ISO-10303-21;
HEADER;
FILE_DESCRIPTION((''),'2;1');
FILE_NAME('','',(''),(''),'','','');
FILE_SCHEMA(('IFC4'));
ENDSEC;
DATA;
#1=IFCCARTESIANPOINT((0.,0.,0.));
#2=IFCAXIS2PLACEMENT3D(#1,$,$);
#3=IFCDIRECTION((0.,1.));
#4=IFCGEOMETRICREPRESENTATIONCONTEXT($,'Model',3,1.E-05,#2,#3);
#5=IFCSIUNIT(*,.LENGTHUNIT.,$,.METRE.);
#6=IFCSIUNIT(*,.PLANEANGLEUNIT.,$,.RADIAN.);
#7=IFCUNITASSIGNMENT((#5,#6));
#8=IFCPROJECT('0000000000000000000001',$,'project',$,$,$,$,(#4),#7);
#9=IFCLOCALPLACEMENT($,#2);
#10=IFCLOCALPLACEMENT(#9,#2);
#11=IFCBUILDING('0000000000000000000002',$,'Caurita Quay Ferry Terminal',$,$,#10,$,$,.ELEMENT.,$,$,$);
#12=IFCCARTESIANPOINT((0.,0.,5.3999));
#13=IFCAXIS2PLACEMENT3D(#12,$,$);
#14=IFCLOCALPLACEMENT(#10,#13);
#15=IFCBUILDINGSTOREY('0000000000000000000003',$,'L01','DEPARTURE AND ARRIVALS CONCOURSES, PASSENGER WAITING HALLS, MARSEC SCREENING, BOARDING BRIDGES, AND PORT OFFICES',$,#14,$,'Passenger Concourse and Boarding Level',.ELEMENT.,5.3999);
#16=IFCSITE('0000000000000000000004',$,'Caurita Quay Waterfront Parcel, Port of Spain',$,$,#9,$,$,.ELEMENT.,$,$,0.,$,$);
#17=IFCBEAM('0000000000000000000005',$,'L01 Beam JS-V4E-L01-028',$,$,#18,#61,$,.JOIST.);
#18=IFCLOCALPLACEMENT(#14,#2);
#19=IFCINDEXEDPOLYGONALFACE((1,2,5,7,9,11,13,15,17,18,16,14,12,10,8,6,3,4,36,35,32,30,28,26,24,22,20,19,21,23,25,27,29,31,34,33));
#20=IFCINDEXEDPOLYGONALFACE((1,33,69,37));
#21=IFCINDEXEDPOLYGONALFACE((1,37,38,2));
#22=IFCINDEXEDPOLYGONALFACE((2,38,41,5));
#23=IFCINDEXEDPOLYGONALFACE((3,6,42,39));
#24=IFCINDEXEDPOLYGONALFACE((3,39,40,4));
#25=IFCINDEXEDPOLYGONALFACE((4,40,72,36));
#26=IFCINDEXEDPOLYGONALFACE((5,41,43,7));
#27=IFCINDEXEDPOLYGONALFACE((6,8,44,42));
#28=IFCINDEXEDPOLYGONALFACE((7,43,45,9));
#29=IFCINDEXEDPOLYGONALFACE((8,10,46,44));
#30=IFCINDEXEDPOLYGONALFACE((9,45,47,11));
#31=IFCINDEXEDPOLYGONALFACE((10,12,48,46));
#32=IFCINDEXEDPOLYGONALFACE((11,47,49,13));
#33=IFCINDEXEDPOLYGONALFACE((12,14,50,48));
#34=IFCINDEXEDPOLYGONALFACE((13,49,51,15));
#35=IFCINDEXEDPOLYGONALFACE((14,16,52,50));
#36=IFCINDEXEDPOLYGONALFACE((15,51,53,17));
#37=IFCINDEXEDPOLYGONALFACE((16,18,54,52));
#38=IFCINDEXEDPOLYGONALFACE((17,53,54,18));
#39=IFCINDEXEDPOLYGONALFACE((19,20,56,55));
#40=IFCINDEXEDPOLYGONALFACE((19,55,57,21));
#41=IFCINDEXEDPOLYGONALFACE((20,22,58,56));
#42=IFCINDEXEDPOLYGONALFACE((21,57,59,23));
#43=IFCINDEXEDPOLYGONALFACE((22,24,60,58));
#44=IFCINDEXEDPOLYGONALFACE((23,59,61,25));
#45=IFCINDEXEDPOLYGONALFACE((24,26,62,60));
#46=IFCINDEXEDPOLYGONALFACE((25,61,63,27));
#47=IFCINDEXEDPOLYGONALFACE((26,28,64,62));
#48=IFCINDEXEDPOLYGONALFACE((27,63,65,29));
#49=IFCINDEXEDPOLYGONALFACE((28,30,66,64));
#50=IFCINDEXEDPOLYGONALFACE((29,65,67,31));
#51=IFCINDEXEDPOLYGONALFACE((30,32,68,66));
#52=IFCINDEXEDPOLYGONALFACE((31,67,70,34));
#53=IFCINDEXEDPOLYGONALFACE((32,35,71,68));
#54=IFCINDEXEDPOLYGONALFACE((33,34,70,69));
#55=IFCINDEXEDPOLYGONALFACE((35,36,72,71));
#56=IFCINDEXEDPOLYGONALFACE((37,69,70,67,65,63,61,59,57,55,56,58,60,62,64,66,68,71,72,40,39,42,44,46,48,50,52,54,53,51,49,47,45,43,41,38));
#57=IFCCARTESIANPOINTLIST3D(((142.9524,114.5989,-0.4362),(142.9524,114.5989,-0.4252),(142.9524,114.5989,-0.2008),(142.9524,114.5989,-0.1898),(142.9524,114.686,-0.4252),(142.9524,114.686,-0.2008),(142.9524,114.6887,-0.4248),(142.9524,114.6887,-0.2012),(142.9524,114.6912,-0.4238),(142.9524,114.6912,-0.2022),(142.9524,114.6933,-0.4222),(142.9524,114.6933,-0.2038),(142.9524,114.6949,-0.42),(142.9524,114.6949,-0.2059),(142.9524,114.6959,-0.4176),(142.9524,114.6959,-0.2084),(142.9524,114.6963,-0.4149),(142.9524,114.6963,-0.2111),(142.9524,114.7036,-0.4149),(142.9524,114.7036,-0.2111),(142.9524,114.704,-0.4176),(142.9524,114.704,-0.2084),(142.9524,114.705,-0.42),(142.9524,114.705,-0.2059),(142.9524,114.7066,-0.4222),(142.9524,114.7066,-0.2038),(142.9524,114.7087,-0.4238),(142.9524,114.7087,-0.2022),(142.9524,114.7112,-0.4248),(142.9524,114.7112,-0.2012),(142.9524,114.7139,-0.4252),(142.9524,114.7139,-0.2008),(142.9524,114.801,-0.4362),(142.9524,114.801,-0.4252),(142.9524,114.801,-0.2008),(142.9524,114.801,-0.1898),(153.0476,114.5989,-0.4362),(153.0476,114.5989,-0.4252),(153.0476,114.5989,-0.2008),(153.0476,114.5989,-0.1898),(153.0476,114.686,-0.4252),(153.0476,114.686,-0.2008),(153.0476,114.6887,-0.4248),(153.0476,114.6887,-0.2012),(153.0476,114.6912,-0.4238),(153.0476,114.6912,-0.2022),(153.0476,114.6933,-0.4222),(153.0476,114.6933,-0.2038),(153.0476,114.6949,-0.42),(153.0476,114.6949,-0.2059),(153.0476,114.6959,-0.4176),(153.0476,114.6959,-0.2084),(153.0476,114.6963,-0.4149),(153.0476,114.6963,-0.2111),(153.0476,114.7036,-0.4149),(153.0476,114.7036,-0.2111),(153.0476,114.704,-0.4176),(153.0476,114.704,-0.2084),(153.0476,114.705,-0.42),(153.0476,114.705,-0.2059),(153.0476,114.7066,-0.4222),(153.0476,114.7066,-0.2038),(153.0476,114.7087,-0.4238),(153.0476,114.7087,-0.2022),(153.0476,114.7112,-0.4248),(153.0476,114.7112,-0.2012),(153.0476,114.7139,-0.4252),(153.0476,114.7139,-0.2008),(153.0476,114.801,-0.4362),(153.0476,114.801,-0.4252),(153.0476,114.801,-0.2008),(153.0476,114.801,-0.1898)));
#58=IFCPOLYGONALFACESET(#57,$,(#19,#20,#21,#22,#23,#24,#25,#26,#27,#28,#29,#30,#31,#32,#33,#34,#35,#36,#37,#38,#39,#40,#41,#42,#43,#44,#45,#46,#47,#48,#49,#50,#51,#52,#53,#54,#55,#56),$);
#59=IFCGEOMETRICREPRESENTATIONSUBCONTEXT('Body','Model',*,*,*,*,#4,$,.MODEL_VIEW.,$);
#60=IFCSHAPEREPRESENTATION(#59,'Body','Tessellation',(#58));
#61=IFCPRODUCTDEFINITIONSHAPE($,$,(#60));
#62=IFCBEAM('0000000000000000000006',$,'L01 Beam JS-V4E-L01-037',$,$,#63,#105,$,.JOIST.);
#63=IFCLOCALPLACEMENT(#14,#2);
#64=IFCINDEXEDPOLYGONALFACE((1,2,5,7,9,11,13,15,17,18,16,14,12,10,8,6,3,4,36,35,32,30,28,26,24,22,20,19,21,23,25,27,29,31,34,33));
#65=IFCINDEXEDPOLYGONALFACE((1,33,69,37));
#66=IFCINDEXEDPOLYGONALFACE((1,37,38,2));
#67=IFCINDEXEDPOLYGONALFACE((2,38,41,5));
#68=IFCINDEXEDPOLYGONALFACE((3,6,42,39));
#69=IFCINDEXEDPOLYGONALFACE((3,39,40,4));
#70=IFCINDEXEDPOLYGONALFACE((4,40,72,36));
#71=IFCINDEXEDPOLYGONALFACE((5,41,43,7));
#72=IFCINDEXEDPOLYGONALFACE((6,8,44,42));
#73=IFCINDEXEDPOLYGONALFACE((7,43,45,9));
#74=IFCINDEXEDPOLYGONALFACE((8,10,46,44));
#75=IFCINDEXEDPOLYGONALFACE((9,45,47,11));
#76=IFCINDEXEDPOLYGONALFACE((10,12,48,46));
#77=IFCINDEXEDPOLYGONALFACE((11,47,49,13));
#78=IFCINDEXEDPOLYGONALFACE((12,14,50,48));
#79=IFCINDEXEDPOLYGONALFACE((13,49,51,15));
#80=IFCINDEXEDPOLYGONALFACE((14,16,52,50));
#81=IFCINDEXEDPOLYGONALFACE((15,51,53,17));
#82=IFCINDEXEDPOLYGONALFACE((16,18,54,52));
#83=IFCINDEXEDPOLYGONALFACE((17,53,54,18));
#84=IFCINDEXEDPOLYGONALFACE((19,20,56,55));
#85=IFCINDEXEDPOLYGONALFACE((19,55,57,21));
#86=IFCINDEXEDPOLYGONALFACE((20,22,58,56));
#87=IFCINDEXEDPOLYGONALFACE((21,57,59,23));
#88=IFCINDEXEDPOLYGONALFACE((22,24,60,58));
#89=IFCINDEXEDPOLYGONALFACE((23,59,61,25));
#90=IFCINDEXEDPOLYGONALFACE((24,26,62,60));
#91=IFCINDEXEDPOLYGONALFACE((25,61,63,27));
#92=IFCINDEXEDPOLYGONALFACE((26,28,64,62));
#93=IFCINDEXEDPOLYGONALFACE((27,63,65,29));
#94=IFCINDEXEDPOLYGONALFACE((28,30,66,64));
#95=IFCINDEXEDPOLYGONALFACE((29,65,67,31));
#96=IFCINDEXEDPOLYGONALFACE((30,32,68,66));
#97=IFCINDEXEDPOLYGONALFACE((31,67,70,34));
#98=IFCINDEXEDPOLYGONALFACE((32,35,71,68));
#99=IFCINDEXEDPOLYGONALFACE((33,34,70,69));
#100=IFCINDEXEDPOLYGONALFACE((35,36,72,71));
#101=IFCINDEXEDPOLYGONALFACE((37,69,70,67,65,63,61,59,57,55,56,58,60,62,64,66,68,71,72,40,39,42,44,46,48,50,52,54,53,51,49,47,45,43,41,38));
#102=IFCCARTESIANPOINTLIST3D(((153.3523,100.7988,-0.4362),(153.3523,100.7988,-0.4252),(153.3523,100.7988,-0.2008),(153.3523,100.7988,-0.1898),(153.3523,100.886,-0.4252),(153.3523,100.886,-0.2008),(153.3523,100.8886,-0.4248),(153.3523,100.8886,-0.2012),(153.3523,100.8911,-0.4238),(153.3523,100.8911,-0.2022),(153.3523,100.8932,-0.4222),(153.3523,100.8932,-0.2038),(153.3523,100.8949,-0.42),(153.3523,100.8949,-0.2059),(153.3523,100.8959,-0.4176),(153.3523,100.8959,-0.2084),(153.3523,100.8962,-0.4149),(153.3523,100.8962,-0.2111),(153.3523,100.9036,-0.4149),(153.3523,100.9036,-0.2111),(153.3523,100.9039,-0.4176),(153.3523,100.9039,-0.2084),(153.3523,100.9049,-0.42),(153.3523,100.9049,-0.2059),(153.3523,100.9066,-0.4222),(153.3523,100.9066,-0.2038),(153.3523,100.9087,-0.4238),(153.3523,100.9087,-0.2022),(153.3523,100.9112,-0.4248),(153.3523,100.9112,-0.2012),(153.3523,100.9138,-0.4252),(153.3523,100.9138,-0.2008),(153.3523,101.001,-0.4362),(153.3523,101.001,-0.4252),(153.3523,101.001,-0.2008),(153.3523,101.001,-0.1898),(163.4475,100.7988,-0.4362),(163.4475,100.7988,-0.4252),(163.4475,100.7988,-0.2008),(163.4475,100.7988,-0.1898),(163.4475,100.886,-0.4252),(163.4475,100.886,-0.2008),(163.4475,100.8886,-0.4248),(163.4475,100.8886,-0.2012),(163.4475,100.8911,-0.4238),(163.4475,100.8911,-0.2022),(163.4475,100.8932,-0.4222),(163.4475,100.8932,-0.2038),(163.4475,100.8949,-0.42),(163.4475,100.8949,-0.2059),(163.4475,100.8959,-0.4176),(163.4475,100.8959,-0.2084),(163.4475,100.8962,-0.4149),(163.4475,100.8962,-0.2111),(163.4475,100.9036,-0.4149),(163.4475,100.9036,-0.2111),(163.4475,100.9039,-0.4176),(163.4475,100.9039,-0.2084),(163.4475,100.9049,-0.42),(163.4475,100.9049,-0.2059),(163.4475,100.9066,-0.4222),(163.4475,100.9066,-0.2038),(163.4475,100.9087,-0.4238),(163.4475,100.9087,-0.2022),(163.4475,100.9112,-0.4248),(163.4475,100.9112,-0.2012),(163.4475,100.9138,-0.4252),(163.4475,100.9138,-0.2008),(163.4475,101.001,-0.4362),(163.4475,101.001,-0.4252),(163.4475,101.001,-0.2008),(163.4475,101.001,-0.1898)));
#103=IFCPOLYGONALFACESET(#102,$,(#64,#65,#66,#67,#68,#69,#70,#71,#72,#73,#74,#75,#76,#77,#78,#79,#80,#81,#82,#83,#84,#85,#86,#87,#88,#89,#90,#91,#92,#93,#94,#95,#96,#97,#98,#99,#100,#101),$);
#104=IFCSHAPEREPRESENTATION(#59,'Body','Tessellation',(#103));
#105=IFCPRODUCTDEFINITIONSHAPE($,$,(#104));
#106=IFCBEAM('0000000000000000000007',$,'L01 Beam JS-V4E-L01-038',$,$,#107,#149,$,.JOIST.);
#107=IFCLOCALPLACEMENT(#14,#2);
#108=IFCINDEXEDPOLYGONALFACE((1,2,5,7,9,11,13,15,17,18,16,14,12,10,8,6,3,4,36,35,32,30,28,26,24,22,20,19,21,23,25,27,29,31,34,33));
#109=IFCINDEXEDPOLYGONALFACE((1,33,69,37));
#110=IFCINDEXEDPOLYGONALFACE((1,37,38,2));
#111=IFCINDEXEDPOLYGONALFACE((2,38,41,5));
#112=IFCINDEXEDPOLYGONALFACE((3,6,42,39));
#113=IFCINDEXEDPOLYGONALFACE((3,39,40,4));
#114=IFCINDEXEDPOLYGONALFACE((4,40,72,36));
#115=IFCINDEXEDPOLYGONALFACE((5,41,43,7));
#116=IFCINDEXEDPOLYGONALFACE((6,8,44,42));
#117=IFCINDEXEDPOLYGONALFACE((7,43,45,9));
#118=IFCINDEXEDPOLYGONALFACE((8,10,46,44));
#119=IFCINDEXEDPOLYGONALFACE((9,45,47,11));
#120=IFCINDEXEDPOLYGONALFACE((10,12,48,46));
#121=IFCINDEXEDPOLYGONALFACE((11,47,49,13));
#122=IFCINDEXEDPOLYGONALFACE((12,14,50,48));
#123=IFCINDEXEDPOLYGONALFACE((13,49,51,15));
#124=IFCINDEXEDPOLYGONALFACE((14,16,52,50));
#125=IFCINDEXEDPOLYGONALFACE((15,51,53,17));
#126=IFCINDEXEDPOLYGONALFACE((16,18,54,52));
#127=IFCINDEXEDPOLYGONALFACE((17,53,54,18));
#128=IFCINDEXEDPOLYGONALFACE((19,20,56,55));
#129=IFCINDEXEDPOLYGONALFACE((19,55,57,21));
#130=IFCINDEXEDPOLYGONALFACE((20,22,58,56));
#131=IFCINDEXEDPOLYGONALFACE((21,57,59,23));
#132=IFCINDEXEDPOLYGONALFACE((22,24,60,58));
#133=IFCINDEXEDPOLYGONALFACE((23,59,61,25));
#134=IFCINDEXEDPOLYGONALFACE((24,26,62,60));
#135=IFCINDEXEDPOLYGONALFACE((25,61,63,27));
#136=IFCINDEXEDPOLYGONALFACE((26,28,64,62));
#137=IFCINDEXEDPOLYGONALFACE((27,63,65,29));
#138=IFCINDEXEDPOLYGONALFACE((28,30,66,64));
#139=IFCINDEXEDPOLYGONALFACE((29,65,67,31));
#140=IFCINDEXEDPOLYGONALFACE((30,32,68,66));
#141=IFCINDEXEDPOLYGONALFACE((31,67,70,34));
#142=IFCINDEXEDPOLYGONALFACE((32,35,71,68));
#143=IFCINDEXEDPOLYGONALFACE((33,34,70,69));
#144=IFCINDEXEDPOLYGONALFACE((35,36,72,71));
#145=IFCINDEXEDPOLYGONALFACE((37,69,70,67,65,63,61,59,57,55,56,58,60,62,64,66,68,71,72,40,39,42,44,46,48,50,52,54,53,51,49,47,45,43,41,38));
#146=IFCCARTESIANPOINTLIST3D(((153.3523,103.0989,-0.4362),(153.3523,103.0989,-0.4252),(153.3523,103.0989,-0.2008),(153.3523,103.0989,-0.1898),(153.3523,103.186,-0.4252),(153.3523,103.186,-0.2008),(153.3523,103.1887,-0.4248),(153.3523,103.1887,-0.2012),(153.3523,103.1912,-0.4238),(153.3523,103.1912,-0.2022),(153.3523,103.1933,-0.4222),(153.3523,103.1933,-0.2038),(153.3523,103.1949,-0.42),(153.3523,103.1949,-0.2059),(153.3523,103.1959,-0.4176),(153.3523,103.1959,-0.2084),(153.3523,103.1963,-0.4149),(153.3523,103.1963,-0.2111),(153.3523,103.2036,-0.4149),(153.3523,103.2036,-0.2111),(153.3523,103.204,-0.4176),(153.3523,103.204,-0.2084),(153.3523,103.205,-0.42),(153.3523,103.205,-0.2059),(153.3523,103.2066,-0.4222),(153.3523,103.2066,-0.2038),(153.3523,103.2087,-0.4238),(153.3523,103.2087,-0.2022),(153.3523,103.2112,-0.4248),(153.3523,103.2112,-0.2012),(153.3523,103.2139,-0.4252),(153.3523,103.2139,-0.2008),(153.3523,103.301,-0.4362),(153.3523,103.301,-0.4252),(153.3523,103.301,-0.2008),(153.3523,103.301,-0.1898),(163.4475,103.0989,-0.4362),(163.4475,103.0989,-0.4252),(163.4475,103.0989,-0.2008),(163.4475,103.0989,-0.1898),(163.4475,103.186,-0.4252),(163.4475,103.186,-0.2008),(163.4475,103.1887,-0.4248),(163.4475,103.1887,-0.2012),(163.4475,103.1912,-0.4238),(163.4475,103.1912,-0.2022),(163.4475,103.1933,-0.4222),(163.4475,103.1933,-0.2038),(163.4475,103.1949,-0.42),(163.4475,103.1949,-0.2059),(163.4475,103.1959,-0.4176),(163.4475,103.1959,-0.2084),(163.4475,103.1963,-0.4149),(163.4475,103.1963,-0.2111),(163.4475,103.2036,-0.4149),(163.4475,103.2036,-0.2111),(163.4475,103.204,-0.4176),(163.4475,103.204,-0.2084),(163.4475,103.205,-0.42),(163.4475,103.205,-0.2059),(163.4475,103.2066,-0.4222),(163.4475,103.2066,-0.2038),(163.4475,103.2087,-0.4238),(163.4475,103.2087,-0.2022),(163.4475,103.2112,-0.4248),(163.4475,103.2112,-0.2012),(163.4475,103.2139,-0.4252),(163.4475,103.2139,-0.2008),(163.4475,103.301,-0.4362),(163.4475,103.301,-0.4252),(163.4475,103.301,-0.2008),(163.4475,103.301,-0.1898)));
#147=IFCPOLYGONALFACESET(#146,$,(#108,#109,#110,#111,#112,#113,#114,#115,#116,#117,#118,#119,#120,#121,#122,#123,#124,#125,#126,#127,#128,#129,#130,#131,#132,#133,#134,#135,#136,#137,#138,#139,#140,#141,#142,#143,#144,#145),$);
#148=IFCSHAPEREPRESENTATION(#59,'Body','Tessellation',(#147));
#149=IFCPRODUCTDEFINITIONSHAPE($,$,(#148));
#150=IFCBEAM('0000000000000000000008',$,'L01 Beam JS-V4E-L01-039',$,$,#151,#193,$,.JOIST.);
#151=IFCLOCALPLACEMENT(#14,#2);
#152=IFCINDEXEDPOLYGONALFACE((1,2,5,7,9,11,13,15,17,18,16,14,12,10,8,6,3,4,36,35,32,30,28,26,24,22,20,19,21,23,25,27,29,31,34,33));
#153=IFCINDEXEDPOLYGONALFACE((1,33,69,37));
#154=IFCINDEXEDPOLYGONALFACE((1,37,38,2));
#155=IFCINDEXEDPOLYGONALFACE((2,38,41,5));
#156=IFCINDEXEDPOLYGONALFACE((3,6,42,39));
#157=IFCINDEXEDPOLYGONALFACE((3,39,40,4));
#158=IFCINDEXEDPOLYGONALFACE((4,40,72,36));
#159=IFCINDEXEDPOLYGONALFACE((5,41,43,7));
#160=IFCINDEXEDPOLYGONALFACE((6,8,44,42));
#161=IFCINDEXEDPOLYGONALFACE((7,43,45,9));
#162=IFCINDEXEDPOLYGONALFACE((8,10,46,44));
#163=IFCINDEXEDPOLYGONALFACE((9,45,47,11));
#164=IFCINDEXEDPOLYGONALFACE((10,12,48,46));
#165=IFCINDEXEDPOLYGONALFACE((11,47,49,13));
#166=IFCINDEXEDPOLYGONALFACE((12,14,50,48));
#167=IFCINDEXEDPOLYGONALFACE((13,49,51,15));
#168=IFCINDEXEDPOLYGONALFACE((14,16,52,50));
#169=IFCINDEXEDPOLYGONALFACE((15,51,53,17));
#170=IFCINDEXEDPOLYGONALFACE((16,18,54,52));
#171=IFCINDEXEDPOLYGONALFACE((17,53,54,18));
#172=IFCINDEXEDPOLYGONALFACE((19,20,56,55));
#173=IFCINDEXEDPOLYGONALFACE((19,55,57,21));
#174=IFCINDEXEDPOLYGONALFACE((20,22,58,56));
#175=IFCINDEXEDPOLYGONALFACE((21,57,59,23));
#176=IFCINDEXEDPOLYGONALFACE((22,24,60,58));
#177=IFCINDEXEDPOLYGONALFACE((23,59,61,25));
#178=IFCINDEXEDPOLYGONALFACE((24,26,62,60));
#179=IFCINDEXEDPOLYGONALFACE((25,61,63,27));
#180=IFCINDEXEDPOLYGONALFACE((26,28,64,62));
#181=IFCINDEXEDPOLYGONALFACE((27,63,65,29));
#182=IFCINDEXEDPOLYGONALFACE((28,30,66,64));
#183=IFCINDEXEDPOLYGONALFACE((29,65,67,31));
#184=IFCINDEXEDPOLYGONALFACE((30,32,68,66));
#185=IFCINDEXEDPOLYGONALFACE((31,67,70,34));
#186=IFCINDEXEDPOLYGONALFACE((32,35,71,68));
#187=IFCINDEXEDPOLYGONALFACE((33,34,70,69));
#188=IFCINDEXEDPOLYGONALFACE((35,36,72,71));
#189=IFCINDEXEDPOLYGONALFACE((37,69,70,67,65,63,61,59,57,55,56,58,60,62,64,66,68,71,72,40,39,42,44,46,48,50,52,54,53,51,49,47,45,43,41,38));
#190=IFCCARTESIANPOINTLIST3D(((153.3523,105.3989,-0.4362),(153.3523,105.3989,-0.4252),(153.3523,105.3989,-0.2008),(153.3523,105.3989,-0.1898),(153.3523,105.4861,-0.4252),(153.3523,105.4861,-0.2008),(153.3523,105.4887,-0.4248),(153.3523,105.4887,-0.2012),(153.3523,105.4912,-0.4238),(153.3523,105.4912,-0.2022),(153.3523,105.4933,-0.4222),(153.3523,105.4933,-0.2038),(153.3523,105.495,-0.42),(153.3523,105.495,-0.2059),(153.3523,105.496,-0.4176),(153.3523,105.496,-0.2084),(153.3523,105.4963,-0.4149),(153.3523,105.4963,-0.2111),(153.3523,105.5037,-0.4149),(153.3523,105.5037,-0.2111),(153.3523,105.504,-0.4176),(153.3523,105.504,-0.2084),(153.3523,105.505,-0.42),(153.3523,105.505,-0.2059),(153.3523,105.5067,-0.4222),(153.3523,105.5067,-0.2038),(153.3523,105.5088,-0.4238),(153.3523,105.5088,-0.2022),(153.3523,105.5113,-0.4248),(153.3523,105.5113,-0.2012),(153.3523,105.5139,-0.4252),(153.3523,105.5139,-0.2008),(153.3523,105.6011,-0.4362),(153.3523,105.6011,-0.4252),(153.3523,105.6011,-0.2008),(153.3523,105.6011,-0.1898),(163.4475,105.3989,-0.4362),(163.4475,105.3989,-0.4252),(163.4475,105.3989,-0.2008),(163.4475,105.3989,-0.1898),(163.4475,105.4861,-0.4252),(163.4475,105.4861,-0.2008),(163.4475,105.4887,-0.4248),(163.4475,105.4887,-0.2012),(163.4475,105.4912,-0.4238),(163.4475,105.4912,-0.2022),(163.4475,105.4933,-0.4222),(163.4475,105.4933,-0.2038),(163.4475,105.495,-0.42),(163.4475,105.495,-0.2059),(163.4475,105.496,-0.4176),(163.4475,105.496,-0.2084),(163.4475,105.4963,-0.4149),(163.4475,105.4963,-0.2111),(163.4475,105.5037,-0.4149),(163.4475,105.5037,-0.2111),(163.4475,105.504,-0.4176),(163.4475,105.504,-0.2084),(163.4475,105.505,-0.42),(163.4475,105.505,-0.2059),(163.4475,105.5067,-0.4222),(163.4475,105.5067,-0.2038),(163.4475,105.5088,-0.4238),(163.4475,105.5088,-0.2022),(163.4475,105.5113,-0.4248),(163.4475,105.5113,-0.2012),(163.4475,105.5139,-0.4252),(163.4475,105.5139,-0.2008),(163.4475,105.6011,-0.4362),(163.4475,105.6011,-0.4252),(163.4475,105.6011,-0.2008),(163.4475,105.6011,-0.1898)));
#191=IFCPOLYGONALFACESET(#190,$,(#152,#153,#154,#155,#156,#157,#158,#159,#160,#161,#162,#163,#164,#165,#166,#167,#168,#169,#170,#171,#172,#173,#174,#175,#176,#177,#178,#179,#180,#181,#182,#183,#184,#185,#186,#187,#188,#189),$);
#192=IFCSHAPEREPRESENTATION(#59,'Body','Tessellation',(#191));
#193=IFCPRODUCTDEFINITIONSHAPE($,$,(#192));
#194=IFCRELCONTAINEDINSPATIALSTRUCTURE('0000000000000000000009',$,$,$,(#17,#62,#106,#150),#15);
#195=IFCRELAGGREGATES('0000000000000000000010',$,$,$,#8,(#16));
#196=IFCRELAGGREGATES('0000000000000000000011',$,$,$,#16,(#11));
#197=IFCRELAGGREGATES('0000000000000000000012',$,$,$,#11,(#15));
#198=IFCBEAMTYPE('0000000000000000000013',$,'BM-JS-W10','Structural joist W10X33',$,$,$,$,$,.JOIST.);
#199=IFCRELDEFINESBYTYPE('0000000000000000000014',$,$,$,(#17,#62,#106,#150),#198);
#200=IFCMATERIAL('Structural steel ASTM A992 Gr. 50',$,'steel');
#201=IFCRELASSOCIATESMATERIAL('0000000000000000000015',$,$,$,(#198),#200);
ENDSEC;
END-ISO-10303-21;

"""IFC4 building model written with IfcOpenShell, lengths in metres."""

from ifc_helpers import new_model, si_unit, direction, frame, origin, origin_2d, place, context, subcontext, project, spatial, i_section, extrude, material, material_profile, profile_set, type_object, element, save


model = new_model("IFC4")

# Units and contexts
model_context = context("Model", 3, precision=1e-05, world=origin(), true_north=direction((0.0, 1.0)))
body_context = subcontext(model_context, "Body", "Model", "MODEL_VIEW")
ifc_project = project(units=[si_unit("LENGTHUNIT", "METRE"), si_unit("PLANEANGLEUNIT", "RADIAN")], contexts=[model_context])

# Site, building, storey
site_placement = place(None, origin())
site = spatial("IfcSite", under=ifc_project, at=site_placement, Name="Caurita Quay Waterfront Parcel, Port of Spain", CompositionType="ELEMENT", RefElevation=0.0)
building_placement = place(site_placement, origin())
building = spatial("IfcBuilding", under=site, at=building_placement, Name="Caurita Quay Ferry Terminal", CompositionType="ELEMENT")
storey_placement = place(building_placement, frame((0.0, 0.0, 5.3999)))
storey = spatial("IfcBuildingStorey", under=building, at=storey_placement, Name="L01", Description="DEPARTURE AND ARRIVALS CONCOURSES, PASSENGER WAITING HALLS, MARSEC SCREENING, BOARDING BRIDGES, AND PORT OFFICES", LongName="Passenger Concourse and Boarding Level", CompositionType="ELEMENT", Elevation=5.3999)

# Beams
ifc_material_1 = material(Name="Structural steel ASTM A992 Gr. 50", Category="steel")
ifc_material_profile_1 = material_profile(ifc_material_1, i_section(OverallWidth=0.2021, OverallDepth=0.2463, WebThickness=0.0073, FlangeThickness=0.011, FilletRadius=0.0103, at=origin_2d()), Name="W10X33")
ifc_profile_set_1 = profile_set([ifc_material_profile_1], Name="Structural steel ASTM A992 Gr. 50")
beam_type_1 = type_object("IfcBeamType", Name="BM-JS-W10", Description="Structural joist W10X33", PredefinedType="JOIST", material=ifc_profile_set_1)
for number, where, z_axis, x_axis, name in (
    (1, (142.9524, 114.7, -0.313), (1.0, 0.0, 0.0), (0.0, 1.0, 0.0), "L01 Beam JS-V4E-L01-028"),
    (2, (153.3523, 100.8999, -0.313), (1.0, 0.0, 0.0), (0.0, 1.0, 0.0), "L01 Beam JS-V4E-L01-037"),
    (3, (153.3523, 103.2, -0.313), (1.0, 0.0, 0.0), (0.0, 1.0, 0.0), "L01 Beam JS-V4E-L01-038"),
    (4, (153.3523, 105.5, -0.313), (1.0, 0.0, 0.0), (0.0, 1.0, 0.0), "L01 Beam JS-V4E-L01-039"),
):
    element("IfcBeam", number, at=place(storey_placement, frame(where, z_axis=z_axis, x_axis=x_axis)), inside=storey, type_object=beam_type_1, Name=name, PredefinedType="JOIST", context=body_context, shape_type="SweptSolid", body=[
        extrude(i_section(OverallWidth=0.2021, OverallDepth=0.2463, WebThickness=0.0073, FlangeThickness=0.011, FilletRadius=0.0103, at=origin_2d()), origin(), (0.0, 0.0, 1.0), 10.0952),
    ])

save(model, "model.ifc")
